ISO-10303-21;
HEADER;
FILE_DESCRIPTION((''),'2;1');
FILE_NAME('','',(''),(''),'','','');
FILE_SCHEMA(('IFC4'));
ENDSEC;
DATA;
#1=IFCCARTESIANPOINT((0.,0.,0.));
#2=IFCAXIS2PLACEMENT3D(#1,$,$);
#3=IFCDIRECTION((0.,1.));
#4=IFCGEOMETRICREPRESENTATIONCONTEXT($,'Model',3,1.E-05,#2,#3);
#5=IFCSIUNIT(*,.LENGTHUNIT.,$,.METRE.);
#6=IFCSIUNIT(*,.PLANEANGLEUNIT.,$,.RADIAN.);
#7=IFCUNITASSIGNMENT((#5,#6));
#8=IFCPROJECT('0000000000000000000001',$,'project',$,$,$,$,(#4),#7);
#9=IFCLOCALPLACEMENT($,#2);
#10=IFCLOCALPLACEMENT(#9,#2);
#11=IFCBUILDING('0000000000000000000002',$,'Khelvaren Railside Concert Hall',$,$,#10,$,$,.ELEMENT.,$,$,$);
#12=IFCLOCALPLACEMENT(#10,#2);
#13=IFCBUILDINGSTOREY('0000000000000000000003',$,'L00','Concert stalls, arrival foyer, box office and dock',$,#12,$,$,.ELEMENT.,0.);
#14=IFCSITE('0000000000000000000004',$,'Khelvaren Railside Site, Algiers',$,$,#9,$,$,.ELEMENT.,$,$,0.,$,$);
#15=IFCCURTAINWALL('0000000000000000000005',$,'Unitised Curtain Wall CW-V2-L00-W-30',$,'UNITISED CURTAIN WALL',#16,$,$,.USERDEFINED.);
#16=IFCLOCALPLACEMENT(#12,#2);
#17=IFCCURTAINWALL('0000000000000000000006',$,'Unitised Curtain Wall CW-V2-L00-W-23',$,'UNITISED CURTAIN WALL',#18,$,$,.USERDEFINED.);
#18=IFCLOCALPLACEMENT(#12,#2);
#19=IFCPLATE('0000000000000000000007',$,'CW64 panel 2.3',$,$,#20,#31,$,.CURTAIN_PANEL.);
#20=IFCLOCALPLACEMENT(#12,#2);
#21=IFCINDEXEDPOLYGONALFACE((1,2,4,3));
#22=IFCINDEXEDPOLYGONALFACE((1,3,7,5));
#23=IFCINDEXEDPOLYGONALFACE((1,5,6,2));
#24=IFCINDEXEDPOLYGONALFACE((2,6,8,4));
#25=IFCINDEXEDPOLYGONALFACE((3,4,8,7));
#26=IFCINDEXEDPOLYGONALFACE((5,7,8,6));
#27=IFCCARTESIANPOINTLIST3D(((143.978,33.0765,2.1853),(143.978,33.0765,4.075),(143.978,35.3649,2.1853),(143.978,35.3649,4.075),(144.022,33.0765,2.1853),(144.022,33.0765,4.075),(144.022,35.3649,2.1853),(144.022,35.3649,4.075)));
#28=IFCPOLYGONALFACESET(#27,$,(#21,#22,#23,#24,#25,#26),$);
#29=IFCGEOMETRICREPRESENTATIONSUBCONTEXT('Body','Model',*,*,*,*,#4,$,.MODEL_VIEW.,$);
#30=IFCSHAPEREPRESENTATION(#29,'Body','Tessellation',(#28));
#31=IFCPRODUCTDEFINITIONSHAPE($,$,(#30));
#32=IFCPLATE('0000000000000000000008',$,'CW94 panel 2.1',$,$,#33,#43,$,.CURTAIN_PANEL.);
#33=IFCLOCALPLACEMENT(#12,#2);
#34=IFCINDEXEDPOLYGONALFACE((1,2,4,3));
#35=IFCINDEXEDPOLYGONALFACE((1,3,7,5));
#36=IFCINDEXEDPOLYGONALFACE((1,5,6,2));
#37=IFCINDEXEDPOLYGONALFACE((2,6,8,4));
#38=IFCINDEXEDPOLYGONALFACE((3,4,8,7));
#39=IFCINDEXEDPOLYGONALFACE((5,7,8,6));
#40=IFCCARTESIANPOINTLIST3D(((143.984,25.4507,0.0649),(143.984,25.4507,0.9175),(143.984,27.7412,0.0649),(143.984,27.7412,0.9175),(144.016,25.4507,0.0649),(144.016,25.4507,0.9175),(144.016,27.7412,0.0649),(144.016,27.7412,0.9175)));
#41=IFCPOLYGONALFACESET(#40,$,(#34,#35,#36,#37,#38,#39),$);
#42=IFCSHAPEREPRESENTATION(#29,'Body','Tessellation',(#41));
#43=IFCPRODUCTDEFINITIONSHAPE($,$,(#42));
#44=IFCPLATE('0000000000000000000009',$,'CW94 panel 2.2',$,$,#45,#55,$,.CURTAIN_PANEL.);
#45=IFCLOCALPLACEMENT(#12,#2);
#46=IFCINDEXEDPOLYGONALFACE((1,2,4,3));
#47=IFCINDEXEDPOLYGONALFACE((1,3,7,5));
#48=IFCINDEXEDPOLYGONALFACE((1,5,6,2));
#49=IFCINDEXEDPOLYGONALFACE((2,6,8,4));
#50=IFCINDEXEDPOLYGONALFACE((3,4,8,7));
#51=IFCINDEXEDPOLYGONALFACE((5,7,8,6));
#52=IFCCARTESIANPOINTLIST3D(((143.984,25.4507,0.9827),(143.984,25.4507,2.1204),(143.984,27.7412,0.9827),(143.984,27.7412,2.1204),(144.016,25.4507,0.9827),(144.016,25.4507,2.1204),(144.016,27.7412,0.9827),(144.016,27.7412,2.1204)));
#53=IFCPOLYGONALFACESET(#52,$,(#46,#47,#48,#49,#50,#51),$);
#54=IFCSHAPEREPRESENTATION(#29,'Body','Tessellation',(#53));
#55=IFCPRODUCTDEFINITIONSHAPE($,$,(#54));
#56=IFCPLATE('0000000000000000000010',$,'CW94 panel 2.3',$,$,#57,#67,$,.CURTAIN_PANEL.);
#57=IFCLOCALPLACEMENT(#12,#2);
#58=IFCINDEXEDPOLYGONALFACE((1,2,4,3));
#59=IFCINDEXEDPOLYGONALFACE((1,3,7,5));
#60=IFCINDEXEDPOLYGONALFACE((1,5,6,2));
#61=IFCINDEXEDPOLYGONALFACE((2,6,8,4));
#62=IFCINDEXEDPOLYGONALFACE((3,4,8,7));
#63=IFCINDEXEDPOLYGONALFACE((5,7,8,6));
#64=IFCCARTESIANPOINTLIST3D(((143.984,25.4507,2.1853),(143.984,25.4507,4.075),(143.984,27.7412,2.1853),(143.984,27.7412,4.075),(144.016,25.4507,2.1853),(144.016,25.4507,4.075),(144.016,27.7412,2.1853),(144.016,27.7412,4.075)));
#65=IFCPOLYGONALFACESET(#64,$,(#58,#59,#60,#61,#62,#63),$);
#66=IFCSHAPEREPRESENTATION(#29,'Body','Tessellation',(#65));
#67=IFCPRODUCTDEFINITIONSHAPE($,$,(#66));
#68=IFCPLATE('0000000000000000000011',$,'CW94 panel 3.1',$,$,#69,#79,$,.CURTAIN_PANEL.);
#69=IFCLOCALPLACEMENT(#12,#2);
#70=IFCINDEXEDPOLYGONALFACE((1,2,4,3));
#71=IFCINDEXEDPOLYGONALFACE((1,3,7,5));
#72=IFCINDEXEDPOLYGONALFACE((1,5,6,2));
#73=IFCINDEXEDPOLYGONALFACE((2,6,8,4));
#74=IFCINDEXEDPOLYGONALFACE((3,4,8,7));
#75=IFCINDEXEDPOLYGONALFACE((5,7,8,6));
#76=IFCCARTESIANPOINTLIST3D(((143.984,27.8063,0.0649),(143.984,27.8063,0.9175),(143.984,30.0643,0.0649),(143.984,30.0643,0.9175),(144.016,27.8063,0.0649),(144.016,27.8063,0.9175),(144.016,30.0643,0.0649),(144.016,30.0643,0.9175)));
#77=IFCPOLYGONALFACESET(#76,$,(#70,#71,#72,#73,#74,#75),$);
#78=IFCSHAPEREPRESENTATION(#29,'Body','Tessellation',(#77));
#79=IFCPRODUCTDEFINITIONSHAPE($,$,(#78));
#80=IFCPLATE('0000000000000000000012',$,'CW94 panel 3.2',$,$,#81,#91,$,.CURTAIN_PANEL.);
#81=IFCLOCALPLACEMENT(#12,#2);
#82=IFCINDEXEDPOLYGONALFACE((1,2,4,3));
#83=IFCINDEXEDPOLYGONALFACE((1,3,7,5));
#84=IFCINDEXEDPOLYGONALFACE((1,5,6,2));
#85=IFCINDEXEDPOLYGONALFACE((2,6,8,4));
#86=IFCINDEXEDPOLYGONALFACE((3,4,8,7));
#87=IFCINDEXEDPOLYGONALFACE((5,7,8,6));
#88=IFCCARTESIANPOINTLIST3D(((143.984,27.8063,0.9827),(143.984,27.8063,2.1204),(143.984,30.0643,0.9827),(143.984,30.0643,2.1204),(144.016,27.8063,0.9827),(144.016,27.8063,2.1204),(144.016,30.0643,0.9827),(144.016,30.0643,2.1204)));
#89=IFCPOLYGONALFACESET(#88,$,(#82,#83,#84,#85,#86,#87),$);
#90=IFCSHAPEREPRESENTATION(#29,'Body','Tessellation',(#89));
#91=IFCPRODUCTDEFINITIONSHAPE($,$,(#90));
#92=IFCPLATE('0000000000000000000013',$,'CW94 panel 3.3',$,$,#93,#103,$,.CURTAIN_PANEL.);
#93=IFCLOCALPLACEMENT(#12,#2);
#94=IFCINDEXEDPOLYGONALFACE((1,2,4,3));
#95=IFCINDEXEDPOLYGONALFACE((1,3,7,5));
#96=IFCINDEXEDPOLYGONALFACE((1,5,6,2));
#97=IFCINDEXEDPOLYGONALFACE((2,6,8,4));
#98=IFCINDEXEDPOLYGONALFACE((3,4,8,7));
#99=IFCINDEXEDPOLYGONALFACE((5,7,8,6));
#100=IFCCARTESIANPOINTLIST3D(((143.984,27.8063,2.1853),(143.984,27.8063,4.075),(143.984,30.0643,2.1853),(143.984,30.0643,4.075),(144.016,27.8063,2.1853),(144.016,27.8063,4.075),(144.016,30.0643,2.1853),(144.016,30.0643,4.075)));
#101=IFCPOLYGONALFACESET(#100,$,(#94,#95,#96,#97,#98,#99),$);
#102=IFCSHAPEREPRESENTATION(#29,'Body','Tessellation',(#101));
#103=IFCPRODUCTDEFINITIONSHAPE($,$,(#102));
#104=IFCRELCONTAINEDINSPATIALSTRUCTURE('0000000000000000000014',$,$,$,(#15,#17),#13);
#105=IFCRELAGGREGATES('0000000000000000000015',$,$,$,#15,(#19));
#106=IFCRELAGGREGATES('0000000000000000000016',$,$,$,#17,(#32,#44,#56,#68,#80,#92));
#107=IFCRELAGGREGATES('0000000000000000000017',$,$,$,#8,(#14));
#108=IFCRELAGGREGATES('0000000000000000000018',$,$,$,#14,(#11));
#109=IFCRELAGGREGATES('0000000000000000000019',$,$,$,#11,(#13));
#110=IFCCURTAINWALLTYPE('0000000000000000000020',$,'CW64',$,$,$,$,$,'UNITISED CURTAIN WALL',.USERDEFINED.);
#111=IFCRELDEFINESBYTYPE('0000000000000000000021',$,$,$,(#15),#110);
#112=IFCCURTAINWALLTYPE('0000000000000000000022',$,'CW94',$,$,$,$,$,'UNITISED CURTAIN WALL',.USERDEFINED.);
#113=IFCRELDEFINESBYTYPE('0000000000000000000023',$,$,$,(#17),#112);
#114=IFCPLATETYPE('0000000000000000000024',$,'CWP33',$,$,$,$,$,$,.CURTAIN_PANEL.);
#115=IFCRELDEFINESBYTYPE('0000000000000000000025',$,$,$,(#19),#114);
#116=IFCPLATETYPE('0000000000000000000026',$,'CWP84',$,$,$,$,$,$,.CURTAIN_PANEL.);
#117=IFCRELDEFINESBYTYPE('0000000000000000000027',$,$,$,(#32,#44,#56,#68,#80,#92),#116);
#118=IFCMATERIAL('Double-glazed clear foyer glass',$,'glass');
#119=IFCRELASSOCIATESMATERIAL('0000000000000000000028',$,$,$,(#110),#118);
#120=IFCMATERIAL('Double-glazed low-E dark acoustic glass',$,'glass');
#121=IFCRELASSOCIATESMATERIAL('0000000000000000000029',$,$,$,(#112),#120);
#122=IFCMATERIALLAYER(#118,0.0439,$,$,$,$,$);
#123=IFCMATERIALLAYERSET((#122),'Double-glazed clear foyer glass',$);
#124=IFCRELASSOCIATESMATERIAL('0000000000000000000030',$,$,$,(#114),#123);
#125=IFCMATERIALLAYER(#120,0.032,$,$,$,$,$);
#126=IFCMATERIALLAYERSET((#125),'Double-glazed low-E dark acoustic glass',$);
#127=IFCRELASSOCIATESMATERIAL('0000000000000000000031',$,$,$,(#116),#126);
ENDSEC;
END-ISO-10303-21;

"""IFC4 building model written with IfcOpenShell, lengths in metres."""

from ifc_helpers import new_model, si_unit, direction, frame, origin, origin_2d, place, context, subcontext, project, spatial, rectangle, extrude, material, layer, layer_set, type_object, element, aggregate, save


model = new_model("IFC4")

# Units and contexts
model_context = context("Model", 3, precision=1e-05, world=origin(), true_north=direction((0.0, 1.0)))
body_context = subcontext(model_context, "Body", "Model", "MODEL_VIEW")
ifc_project = project(units=[si_unit("LENGTHUNIT", "METRE"), si_unit("PLANEANGLEUNIT", "RADIAN")], contexts=[model_context])

# Site, building, storey
site_placement = place(None, origin())
site = spatial("IfcSite", under=ifc_project, at=site_placement, Name="Khelvaren Railside Site, Algiers", CompositionType="ELEMENT", RefElevation=0.0)
building_placement = place(site_placement, origin())
building = spatial("IfcBuilding", under=site, at=building_placement, Name="Khelvaren Railside Concert Hall", CompositionType="ELEMENT")
storey_placement = place(building_placement, origin())
storey = spatial("IfcBuildingStorey", under=building, at=storey_placement, Name="L00", Description="Concert stalls, arrival foyer, box office and dock", CompositionType="ELEMENT", Elevation=0.0)

# Curtain walls
ifc_material_1 = material(Name="Double-glazed clear foyer glass", Category="glass")
curtain_wall_type_1 = type_object("IfcCurtainWallType", Name="CW64", ElementType="UNITISED CURTAIN WALL", PredefinedType="USERDEFINED", material=ifc_material_1)
curtain_wall_1_placement = place(storey_placement, origin())
curtain_wall_1 = element("IfcCurtainWall", 1, at=curtain_wall_1_placement, inside=storey, type_object=curtain_wall_type_1, Name="Unitised Curtain Wall CW-V2-L00-W-30", ObjectType="UNITISED CURTAIN WALL", PredefinedType="USERDEFINED")
ifc_material_2 = material(Name="Double-glazed low-E dark acoustic glass", Category="glass")
curtain_wall_type_2 = type_object("IfcCurtainWallType", Name="CW94", ElementType="UNITISED CURTAIN WALL", PredefinedType="USERDEFINED", material=ifc_material_2)
curtain_wall_2_placement = place(storey_placement, origin())
curtain_wall_2 = element("IfcCurtainWall", 2, at=curtain_wall_2_placement, inside=storey, type_object=curtain_wall_type_2, Name="Unitised Curtain Wall CW-V2-L00-W-23", ObjectType="UNITISED CURTAIN WALL", PredefinedType="USERDEFINED")

# Plates
ifc_layer_1 = layer(ifc_material_1, 0.0439)
ifc_layer_set_1 = layer_set([ifc_layer_1], Name="Double-glazed clear foyer glass")
plate_type_1 = type_object("IfcPlateType", Name="CWP33", PredefinedType="CURTAIN_PANEL", material=ifc_layer_set_1)
plate_1_placement = place(storey_placement, frame((144.0, 34.2207, 2.1853), z_axis=(0.0, 0.0, 1.0), x_axis=(0.0, 1.0, 0.0)))
plate_1 = element("IfcPlate", 3, at=plate_1_placement, type_object=plate_type_1, Name="CW64 panel 2.3", PredefinedType="CURTAIN_PANEL", context=body_context, shape_type="SweptSolid", body=[
    extrude(rectangle(XDim=2.2883, YDim=0.0439, at=origin_2d()), origin(), (0.0, 0.0, 1.0), 1.8896),
])
aggregate(curtain_wall_1, [plate_1])
ifc_layer_2 = layer(ifc_material_2, 0.032)
ifc_layer_set_2 = layer_set([ifc_layer_2], Name="Double-glazed low-E dark acoustic glass")
plate_type_2 = type_object("IfcPlateType", Name="CWP84", PredefinedType="CURTAIN_PANEL", material=ifc_layer_set_2)
plate_2_placement = place(storey_placement, frame((144.0, 26.5959, 0.0649), z_axis=(0.0, 0.0, 1.0), x_axis=(0.0, 1.0, 0.0)))
plate_2 = element("IfcPlate", 4, at=plate_2_placement, type_object=plate_type_2, Name="CW94 panel 2.1", PredefinedType="CURTAIN_PANEL", context=body_context, shape_type="SweptSolid", body=[
    extrude(rectangle(XDim=2.2905, YDim=0.032, at=origin_2d()), origin(), (0.0, 0.0, 1.0), 0.8525),
])
plate_3_placement = place(storey_placement, frame((144.0, 26.5959, 0.9827), z_axis=(0.0, 0.0, 1.0), x_axis=(0.0, 1.0, 0.0)))
plate_3 = element("IfcPlate", 5, at=plate_3_placement, type_object=plate_type_2, Name="CW94 panel 2.2", PredefinedType="CURTAIN_PANEL", context=body_context, shape_type="SweptSolid", body=[
    extrude(rectangle(XDim=2.2905, YDim=0.032, at=origin_2d()), origin(), (0.0, 0.0, 1.0), 1.1377),
])
plate_4_placement = place(storey_placement, frame((144.0, 26.5959, 2.1853), z_axis=(0.0, 0.0, 1.0), x_axis=(0.0, 1.0, 0.0)))
plate_4 = element("IfcPlate", 6, at=plate_4_placement, type_object=plate_type_2, Name="CW94 panel 2.3", PredefinedType="CURTAIN_PANEL", context=body_context, shape_type="SweptSolid", body=[
    extrude(rectangle(XDim=2.2905, YDim=0.032, at=origin_2d()), origin(), (0.0, 0.0, 1.0), 1.8896),
])
plate_5_placement = place(storey_placement, frame((144.0, 28.9353, 0.0649), z_axis=(0.0, 0.0, 1.0), x_axis=(0.0, 1.0, 0.0)))
plate_5 = element("IfcPlate", 7, at=plate_5_placement, type_object=plate_type_2, Name="CW94 panel 3.1", PredefinedType="CURTAIN_PANEL", context=body_context, shape_type="SweptSolid", body=[
    extrude(rectangle(XDim=2.2581, YDim=0.032, at=origin_2d()), origin(), (0.0, 0.0, 1.0), 0.8525),
])
plate_6_placement = place(storey_placement, frame((144.0, 28.9353, 0.9827), z_axis=(0.0, 0.0, 1.0), x_axis=(0.0, 1.0, 0.0)))
plate_6 = element("IfcPlate", 8, at=plate_6_placement, type_object=plate_type_2, Name="CW94 panel 3.2", PredefinedType="CURTAIN_PANEL", context=body_context, shape_type="SweptSolid", body=[
    extrude(rectangle(XDim=2.2581, YDim=0.032, at=origin_2d()), origin(), (0.0, 0.0, 1.0), 1.1377),
])
plate_7_placement = place(storey_placement, frame((144.0, 28.9353, 2.1853), z_axis=(0.0, 0.0, 1.0), x_axis=(0.0, 1.0, 0.0)))
plate_7 = element("IfcPlate", 9, at=plate_7_placement, type_object=plate_type_2, Name="CW94 panel 3.3", PredefinedType="CURTAIN_PANEL", context=body_context, shape_type="SweptSolid", body=[
    extrude(rectangle(XDim=2.2581, YDim=0.032, at=origin_2d()), origin(), (0.0, 0.0, 1.0), 1.8896),
])
aggregate(curtain_wall_2, [plate_2, plate_3, plate_4, plate_5, plate_6, plate_7])

save(model, "model.ifc")
